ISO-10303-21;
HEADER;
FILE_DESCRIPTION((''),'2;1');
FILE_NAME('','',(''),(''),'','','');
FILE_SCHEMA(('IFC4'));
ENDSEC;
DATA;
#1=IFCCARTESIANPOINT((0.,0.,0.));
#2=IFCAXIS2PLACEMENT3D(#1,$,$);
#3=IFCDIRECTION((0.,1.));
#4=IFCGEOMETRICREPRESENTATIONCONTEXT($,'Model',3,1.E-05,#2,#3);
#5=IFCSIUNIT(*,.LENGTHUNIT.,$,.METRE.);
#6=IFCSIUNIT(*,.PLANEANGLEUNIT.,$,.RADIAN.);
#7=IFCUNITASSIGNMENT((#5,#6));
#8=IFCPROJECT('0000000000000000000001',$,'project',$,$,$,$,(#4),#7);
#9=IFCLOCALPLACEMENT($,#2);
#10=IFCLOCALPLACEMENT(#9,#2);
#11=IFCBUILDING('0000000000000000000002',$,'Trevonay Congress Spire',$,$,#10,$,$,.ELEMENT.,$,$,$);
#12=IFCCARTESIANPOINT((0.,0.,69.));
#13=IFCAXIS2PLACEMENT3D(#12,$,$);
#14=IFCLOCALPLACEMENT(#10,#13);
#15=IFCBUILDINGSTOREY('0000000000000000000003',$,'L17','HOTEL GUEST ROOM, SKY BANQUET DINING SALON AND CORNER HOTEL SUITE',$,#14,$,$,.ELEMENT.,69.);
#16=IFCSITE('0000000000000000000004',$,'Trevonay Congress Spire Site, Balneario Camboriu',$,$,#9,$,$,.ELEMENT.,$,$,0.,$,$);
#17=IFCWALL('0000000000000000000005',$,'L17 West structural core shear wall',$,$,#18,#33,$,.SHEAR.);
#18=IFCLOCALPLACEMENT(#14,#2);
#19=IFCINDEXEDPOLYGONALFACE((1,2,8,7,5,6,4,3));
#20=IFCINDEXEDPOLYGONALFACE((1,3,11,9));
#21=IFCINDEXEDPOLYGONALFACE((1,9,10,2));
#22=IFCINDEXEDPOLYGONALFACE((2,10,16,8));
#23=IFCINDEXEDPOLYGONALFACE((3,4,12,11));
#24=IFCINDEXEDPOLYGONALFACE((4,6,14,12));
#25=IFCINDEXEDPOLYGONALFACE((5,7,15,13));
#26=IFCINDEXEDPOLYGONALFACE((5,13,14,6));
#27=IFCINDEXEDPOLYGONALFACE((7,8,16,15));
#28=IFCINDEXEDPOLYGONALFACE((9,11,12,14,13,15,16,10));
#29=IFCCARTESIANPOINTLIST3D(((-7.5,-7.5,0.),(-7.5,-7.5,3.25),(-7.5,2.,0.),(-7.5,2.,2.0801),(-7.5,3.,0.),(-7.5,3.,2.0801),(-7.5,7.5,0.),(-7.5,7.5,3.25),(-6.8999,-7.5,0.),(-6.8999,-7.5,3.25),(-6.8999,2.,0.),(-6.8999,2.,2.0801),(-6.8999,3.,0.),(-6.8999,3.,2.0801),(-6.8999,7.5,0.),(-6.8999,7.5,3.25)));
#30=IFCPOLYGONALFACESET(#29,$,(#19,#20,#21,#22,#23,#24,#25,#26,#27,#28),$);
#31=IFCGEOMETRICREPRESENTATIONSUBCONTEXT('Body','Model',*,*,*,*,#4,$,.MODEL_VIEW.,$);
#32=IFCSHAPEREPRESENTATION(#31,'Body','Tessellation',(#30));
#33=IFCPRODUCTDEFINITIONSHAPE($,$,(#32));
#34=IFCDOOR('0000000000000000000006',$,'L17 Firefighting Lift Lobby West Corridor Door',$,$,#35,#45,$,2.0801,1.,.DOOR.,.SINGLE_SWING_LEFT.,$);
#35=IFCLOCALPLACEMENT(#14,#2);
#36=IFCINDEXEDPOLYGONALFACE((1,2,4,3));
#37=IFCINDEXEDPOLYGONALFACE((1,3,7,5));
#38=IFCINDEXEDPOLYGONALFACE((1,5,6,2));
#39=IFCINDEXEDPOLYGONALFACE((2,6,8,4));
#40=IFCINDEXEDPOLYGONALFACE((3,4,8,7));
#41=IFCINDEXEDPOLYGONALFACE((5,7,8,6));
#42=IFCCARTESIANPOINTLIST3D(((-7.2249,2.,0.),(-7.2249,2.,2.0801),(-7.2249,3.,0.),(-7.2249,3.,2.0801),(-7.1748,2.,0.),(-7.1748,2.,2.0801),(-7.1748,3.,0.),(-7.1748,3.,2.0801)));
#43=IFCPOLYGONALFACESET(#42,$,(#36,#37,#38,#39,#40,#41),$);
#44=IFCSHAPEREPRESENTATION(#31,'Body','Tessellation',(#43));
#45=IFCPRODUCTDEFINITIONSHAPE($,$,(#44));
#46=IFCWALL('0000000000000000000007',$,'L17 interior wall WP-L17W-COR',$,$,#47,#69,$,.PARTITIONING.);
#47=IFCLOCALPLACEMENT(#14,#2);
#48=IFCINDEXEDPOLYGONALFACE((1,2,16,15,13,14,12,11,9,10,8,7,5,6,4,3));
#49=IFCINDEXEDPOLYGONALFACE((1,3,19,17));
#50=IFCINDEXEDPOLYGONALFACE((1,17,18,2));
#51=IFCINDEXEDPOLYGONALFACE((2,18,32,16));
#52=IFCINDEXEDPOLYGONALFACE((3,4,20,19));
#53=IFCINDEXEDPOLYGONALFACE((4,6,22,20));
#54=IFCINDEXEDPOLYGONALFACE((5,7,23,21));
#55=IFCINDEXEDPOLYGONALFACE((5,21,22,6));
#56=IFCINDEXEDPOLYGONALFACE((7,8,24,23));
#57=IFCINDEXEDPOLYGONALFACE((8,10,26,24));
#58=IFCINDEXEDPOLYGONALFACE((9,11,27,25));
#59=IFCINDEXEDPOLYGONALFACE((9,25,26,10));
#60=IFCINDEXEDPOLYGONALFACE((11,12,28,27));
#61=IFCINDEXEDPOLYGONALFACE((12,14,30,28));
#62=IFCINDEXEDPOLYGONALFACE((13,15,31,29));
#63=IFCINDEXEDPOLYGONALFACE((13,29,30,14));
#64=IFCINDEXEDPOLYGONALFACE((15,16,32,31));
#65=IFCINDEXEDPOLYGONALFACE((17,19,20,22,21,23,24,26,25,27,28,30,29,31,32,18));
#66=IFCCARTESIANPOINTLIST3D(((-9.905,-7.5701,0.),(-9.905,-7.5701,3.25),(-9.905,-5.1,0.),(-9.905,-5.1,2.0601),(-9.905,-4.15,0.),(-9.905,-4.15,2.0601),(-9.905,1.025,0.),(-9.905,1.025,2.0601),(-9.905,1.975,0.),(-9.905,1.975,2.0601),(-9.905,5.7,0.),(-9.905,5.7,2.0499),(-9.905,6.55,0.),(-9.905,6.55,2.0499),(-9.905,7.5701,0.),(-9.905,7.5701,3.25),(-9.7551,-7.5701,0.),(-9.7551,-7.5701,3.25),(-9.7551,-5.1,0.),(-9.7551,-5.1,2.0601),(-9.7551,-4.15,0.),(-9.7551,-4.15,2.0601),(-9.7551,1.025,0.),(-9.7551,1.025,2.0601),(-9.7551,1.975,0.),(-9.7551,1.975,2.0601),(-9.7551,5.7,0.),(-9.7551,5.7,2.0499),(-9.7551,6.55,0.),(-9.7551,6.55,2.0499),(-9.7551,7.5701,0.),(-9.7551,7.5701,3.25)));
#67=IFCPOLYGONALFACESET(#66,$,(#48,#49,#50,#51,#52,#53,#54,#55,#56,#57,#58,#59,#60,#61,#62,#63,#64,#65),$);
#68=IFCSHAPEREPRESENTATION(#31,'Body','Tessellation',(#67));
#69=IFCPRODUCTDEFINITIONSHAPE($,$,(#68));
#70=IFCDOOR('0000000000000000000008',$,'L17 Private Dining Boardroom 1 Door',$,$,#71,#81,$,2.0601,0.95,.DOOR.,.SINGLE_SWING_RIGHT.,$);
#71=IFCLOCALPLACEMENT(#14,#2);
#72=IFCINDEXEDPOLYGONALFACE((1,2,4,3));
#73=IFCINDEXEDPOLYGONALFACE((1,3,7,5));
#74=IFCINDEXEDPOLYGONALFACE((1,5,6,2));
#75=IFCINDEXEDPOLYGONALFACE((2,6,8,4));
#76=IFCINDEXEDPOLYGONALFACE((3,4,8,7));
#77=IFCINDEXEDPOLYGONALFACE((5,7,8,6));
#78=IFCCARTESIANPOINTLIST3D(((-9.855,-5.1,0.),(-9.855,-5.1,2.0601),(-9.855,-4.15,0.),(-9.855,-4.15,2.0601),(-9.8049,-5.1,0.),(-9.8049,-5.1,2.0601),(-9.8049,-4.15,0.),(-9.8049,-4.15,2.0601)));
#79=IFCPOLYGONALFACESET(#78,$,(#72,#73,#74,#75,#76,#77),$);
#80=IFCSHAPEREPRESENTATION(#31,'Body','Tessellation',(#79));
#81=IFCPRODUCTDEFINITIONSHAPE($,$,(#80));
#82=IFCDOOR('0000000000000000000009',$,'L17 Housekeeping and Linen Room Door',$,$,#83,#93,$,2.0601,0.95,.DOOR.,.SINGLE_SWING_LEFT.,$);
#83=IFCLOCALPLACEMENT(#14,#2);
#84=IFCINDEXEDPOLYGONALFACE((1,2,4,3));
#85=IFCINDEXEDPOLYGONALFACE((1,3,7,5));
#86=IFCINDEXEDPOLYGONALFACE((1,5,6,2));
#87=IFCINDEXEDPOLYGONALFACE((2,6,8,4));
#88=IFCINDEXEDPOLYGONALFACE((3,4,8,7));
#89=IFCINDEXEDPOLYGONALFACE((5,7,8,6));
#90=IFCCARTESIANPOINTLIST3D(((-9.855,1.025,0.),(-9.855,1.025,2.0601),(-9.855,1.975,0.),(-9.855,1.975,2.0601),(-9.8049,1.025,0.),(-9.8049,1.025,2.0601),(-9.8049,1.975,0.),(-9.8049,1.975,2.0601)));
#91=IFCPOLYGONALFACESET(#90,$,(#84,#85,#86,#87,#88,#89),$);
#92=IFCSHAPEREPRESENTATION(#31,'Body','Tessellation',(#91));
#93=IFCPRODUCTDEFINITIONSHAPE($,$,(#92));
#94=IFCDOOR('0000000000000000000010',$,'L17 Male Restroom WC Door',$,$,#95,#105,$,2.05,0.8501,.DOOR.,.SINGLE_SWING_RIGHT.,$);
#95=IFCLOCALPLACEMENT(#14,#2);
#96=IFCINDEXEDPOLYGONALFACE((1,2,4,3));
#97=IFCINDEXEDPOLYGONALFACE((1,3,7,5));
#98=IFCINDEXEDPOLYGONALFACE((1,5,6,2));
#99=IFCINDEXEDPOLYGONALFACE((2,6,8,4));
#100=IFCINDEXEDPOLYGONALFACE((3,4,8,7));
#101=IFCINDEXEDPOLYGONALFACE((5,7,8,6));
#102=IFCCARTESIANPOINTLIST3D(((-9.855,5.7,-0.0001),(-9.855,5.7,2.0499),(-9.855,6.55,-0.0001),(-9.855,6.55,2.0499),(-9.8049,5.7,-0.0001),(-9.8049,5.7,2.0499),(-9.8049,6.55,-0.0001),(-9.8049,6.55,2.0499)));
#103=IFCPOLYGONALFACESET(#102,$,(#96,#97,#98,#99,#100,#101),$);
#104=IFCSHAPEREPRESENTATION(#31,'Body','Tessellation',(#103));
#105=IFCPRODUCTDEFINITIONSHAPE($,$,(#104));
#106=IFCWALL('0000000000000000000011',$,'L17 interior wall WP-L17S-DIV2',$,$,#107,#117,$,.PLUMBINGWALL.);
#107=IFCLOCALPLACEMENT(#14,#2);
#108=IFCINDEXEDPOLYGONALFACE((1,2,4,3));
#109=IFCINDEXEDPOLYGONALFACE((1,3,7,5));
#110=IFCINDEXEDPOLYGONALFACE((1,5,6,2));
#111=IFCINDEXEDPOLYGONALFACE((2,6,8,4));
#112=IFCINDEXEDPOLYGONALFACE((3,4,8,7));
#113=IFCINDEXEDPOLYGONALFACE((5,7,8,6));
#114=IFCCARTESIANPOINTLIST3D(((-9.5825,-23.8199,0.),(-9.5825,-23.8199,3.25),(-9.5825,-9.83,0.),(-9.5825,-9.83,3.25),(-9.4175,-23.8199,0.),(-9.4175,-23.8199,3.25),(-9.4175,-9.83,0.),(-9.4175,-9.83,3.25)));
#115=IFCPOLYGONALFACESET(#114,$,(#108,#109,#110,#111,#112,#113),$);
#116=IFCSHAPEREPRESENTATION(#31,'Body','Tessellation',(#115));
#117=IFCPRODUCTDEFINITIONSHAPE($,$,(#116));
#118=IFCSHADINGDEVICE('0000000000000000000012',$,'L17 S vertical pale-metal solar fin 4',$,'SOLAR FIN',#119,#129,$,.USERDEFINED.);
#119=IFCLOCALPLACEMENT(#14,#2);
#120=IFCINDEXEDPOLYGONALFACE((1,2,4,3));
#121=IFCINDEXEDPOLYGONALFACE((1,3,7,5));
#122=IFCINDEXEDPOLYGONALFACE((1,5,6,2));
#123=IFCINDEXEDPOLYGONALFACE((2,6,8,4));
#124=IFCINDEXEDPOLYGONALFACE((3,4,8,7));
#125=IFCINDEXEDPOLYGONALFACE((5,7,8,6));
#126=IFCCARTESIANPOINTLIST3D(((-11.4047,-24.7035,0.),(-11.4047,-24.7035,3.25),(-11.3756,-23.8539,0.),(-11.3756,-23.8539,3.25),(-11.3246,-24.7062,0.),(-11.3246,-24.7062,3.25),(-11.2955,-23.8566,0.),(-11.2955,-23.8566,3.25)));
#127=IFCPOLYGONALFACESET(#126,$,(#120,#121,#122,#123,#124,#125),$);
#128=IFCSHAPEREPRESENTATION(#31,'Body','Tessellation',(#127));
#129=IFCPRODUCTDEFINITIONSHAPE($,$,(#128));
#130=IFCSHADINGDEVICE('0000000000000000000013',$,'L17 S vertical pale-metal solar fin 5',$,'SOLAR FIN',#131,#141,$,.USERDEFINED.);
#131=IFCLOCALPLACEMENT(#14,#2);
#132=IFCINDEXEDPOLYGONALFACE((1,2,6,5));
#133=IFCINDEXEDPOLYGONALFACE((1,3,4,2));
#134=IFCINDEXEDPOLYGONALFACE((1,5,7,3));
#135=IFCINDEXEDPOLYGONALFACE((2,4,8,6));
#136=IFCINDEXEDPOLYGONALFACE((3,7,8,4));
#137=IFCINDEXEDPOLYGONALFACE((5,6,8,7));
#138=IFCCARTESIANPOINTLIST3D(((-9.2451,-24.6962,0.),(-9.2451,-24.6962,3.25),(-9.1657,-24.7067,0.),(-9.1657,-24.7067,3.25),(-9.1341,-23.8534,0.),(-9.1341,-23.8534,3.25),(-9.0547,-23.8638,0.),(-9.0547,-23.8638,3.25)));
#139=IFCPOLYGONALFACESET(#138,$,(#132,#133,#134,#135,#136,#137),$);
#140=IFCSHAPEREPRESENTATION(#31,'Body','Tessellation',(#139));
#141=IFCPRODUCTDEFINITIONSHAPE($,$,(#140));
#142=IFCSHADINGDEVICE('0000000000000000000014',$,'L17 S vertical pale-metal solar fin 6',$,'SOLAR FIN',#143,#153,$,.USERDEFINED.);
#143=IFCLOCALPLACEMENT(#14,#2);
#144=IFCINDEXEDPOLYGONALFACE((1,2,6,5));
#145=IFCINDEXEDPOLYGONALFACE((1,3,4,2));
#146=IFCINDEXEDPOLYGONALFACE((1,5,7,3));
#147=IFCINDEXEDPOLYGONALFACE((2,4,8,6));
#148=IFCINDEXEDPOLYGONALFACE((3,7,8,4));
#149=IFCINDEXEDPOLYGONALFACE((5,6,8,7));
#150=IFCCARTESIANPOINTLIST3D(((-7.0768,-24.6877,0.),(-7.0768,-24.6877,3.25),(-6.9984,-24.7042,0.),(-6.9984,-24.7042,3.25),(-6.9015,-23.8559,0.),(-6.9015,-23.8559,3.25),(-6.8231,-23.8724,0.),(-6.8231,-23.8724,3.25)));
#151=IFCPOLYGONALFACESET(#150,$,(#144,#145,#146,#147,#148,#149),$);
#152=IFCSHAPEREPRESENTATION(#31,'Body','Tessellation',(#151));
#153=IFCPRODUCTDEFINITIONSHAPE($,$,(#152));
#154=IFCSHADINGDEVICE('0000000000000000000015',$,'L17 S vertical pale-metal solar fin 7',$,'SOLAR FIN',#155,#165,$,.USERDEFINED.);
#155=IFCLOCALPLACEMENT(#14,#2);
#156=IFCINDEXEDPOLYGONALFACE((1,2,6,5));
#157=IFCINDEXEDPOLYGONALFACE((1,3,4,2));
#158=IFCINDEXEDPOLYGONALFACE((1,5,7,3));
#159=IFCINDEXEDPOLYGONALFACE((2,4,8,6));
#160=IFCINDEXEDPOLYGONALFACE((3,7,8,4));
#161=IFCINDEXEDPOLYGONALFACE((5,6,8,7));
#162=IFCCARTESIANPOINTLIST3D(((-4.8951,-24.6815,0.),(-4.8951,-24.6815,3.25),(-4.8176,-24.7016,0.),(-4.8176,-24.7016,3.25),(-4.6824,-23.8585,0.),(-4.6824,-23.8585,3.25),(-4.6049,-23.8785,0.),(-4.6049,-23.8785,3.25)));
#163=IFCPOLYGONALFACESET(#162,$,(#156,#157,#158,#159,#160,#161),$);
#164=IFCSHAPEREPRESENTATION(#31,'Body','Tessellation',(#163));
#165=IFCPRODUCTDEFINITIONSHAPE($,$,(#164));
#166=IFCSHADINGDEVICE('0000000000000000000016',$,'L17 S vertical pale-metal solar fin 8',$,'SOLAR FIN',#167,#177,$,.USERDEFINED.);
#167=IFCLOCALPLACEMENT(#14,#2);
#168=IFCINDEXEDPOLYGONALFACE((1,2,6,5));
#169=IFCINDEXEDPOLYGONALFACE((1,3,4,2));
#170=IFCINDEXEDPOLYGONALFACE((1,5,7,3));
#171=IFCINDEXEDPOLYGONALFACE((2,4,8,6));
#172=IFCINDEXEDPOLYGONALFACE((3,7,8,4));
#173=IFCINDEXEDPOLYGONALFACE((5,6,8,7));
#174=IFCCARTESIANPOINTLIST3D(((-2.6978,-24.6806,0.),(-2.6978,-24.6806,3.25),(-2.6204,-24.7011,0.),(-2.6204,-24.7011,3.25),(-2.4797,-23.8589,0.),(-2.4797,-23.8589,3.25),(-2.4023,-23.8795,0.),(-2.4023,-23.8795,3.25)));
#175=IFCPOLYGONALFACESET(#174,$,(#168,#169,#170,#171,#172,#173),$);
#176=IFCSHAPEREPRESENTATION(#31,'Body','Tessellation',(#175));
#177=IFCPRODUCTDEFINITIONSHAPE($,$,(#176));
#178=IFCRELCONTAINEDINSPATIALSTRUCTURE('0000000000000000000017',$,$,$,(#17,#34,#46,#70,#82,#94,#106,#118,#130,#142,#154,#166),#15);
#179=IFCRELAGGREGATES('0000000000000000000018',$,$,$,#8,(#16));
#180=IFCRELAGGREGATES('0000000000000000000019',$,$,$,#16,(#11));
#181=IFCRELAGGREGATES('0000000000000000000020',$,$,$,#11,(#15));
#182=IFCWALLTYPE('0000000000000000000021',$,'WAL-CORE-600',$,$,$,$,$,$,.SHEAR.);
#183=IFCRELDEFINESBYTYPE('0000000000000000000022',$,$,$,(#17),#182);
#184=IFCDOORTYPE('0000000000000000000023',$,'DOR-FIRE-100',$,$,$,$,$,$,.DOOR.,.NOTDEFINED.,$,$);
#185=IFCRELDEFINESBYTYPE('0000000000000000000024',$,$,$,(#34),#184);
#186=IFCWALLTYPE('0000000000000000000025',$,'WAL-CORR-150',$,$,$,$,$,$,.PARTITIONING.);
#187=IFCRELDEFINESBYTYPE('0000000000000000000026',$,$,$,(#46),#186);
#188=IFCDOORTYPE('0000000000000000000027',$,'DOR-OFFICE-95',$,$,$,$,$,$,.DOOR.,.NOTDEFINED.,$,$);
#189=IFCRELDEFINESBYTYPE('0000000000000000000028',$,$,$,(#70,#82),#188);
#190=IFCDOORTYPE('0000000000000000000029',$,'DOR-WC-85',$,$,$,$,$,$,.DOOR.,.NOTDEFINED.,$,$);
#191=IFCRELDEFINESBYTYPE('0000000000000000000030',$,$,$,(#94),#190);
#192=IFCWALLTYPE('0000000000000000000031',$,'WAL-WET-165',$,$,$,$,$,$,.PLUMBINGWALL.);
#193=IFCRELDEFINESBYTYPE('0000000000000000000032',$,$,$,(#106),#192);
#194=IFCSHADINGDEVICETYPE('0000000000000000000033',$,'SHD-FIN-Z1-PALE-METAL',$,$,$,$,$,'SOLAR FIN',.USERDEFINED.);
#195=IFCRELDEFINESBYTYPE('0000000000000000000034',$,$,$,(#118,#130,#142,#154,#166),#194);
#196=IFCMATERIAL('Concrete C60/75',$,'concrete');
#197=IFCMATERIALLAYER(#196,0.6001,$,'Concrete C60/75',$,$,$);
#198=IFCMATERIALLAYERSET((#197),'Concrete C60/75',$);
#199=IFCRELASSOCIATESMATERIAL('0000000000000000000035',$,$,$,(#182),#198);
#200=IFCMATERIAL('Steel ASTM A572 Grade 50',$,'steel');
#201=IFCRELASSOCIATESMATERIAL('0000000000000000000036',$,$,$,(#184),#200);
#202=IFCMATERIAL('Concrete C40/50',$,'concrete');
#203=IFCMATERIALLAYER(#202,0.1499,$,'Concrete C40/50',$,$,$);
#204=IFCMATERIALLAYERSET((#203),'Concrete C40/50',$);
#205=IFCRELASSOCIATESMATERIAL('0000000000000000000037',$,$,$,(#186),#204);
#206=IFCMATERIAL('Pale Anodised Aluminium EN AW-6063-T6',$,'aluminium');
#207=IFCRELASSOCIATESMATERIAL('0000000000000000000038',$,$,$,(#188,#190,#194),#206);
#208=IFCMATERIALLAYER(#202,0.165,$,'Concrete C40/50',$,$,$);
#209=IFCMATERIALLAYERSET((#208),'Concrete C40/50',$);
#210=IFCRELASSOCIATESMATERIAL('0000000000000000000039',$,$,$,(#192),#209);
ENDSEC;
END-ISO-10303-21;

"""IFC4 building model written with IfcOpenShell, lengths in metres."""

from ifc_helpers import new_model, si_unit, direction, frame, frame_2d, origin, origin_2d, place, context, subcontext, project, spatial, rectangle, extrude, material, layer, layer_set, type_object, element, fill, save


model = new_model("IFC4")

# Units and contexts
model_context = context("Model", 3, precision=1e-05, world=origin(), true_north=direction((0.0, 1.0)))
body_context = subcontext(model_context, "Body", "Model", "MODEL_VIEW")
ifc_project = project(units=[si_unit("LENGTHUNIT", "METRE"), si_unit("PLANEANGLEUNIT", "RADIAN")], contexts=[model_context])

# Site, building, storey
site_placement = place(None, origin())
site = spatial("IfcSite", under=ifc_project, at=site_placement, Name="Trevonay Congress Spire Site, Balneario Camboriu", CompositionType="ELEMENT", RefElevation=0.0)
building_placement = place(site_placement, origin())
building = spatial("IfcBuilding", under=site, at=building_placement, Name="Trevonay Congress Spire", CompositionType="ELEMENT")
storey_placement = place(building_placement, frame((0.0, 0.0, 69.0)))
storey = spatial("IfcBuildingStorey", under=building, at=storey_placement, Name="L17", Description="HOTEL GUEST ROOM, SKY BANQUET DINING SALON AND CORNER HOTEL SUITE", CompositionType="ELEMENT", Elevation=69.0)

# Shared definitions
ifc_material_1 = material(Name="Steel ASTM A572 Grade 50", Category="steel")

# Shared definitions
ifc_material_2 = material(Name="Pale Anodised Aluminium EN AW-6063-T6", Category="aluminium")

# Wall, opening, door
ifc_material_3 = material(Name="Concrete C60/75", Category="concrete")
ifc_layer_1 = layer(ifc_material_3, 0.6001, Name="Concrete C60/75")
ifc_layer_set_1 = layer_set([ifc_layer_1], Name="Concrete C60/75")
wall_type_1 = type_object("IfcWallType", Name="WAL-CORE-600", PredefinedType="SHEAR", material=ifc_layer_set_1)
wall_1_placement = place(storey_placement, frame((-7.2, -7.5, 0.0), z_axis=(0.0, 0.0, 1.0), x_axis=(0.0, 1.0, 0.0)))
wall_1 = element("IfcWall", 1, at=wall_1_placement, inside=storey, type_object=wall_type_1, Name="L17 West structural core shear wall", PredefinedType="SHEAR", context=body_context, shape_type="SweptSolid", body=[
    extrude(rectangle(XDim=15.0, YDim=0.6001, at=frame_2d((7.5, 0.0))), origin(), (0.0, 0.0, 1.0), 3.25),
])
opening_1_placement = place(wall_1_placement, frame((9.5, 0.0, 0.0)))
opening_1 = element("IfcOpeningElement", 2, at=opening_1_placement, cuts=wall_1, PredefinedType="OPENING", context=body_context, shape_type="SweptSolid", body=[
    extrude(rectangle(XDim=1.0, YDim=2.0801, at=frame_2d((0.5, 1.04))), frame((0.0, 0.3101, 0.0), z_axis=(0.0, -1.0, 0.0), x_axis=(1.0, 0.0, 0.0)), (0.0, 0.0, 1.0), 0.6201),
])
door_type_1 = type_object("IfcDoorType", Name="DOR-FIRE-100", OperationType="NOTDEFINED", PredefinedType="DOOR", material=ifc_material_1)
door_1_placement = place(opening_1_placement, origin())
door_1 = element("IfcDoor", 3, at=door_1_placement, inside=storey, type_object=door_type_1, Name="L17 Firefighting Lift Lobby West Corridor Door", OperationType="SINGLE_SWING_LEFT", OverallHeight=2.0801, OverallWidth=1.0, PredefinedType="DOOR", context=body_context, shape_type="SweptSolid", body=[
    extrude(rectangle(XDim=1.0, YDim=2.0801, at=frame_2d((0.5, 1.04))), frame((0.0, 0.0249, 0.0), z_axis=(0.0, -1.0, 0.0), x_axis=(1.0, 0.0, 0.0)), (0.0, 0.0, 1.0), 0.05),
])
fill(opening_1, door_1)

# Wall, openings, doors
ifc_material_4 = material(Name="Concrete C40/50", Category="concrete")
ifc_layer_2 = layer(ifc_material_4, 0.1499, Name="Concrete C40/50")
ifc_layer_set_2 = layer_set([ifc_layer_2], Name="Concrete C40/50")
wall_type_2 = type_object("IfcWallType", Name="WAL-CORR-150", PredefinedType="PARTITIONING", material=ifc_layer_set_2)
wall_2_placement = place(storey_placement, frame((-9.8301, -7.5701, 0.0), z_axis=(0.0, 0.0, 1.0), x_axis=(0.0, 1.0, 0.0)))
wall_2 = element("IfcWall", 4, at=wall_2_placement, inside=storey, type_object=wall_type_2, Name="L17 interior wall WP-L17W-COR", PredefinedType="PARTITIONING", context=body_context, shape_type="SweptSolid", body=[
    extrude(rectangle(XDim=15.1401, YDim=0.1499, at=frame_2d((7.5701, 0.0))), origin(), (0.0, 0.0, 1.0), 3.25),
])
opening_2_placement = place(wall_2_placement, frame((2.47, 0.0, 0.0)))
opening_2 = element("IfcOpeningElement", 5, at=opening_2_placement, cuts=wall_2, PredefinedType="OPENING", context=body_context, shape_type="SweptSolid", body=[
    extrude(rectangle(XDim=0.95, YDim=2.0601, at=frame_2d((0.4751, 1.03))), frame((0.0, 0.085, 0.0), z_axis=(0.0, -1.0, 0.0), x_axis=(1.0, 0.0, 0.0)), (0.0, 0.0, 1.0), 0.1699),
])
opening_3_placement = place(wall_2_placement, frame((8.595, 0.0, 0.0)))
opening_3 = element("IfcOpeningElement", 6, at=opening_3_placement, cuts=wall_2, PredefinedType="OPENING", context=body_context, shape_type="SweptSolid", body=[
    extrude(rectangle(XDim=0.95, YDim=2.0601, at=frame_2d((0.4751, 1.03))), frame((0.0, 0.085, 0.0), z_axis=(0.0, -1.0, 0.0), x_axis=(1.0, 0.0, 0.0)), (0.0, 0.0, 1.0), 0.1699),
])
opening_4_placement = place(wall_2_placement, frame((13.27, 0.0, 0.0)))
opening_4 = element("IfcOpeningElement", 7, at=opening_4_placement, cuts=wall_2, PredefinedType="OPENING", context=body_context, shape_type="SweptSolid", body=[
    extrude(rectangle(XDim=0.8501, YDim=2.05, at=frame_2d((0.425, 1.0249))), frame((0.0, 0.085, 0.0), z_axis=(0.0, -1.0, 0.0), x_axis=(1.0, 0.0, 0.0)), (0.0, 0.0, 1.0), 0.1699),
])
door_type_2 = type_object("IfcDoorType", Name="DOR-OFFICE-95", OperationType="NOTDEFINED", PredefinedType="DOOR", material=ifc_material_2)
door_2_placement = place(opening_2_placement, origin())
door_2 = element("IfcDoor", 8, at=door_2_placement, inside=storey, type_object=door_type_2, Name="L17 Private Dining Boardroom 1 Door", OperationType="SINGLE_SWING_RIGHT", OverallHeight=2.0601, OverallWidth=0.95, PredefinedType="DOOR", context=body_context, shape_type="SweptSolid", body=[
    extrude(rectangle(XDim=0.95, YDim=2.0601, at=frame_2d((0.4751, 1.03))), frame((0.0, 0.0249, 0.0), z_axis=(0.0, -1.0, 0.0), x_axis=(1.0, 0.0, 0.0)), (0.0, 0.0, 1.0), 0.05),
])
fill(opening_2, door_2)
door_3_placement = place(opening_3_placement, origin())
door_3 = element("IfcDoor", 9, at=door_3_placement, inside=storey, type_object=door_type_2, Name="L17 Housekeeping and Linen Room Door", OperationType="SINGLE_SWING_LEFT", OverallHeight=2.0601, OverallWidth=0.95, PredefinedType="DOOR", context=body_context, shape_type="SweptSolid", body=[
    extrude(rectangle(XDim=0.95, YDim=2.0601, at=frame_2d((0.4751, 1.03))), frame((0.0, 0.0249, 0.0), z_axis=(0.0, -1.0, 0.0), x_axis=(1.0, 0.0, 0.0)), (0.0, 0.0, 1.0), 0.05),
])
fill(opening_3, door_3)
door_type_3 = type_object("IfcDoorType", Name="DOR-WC-85", OperationType="NOTDEFINED", PredefinedType="DOOR", material=ifc_material_2)
door_4_placement = place(opening_4_placement, origin())
door_4 = element("IfcDoor", 10, at=door_4_placement, inside=storey, type_object=door_type_3, Name="L17 Male Restroom WC Door", OperationType="SINGLE_SWING_RIGHT", OverallHeight=2.05, OverallWidth=0.8501, PredefinedType="DOOR", context=body_context, shape_type="SweptSolid", body=[
    extrude(rectangle(XDim=0.8501, YDim=2.05, at=frame_2d((0.425, 1.0249))), frame((0.0, 0.0249, 0.0), z_axis=(0.0, -1.0, 0.0), x_axis=(1.0, 0.0, 0.0)), (0.0, 0.0, 1.0), 0.05),
])
fill(opening_4, door_4)

# Wall
ifc_layer_3 = layer(ifc_material_4, 0.165, Name="Concrete C40/50")
ifc_layer_set_3 = layer_set([ifc_layer_3], Name="Concrete C40/50")
wall_type_3 = type_object("IfcWallType", Name="WAL-WET-165", PredefinedType="PLUMBINGWALL", material=ifc_layer_set_3)
wall_3_placement = place(storey_placement, frame((-9.5, -23.8201, 0.0), z_axis=(0.0, 0.0, 1.0), x_axis=(0.0, 1.0, 0.0)))
element("IfcWall", 11, at=wall_3_placement, inside=storey, type_object=wall_type_3, Name="L17 interior wall WP-L17S-DIV2", PredefinedType="PLUMBINGWALL", context=body_context, shape_type="SweptSolid", body=[
    extrude(rectangle(XDim=13.99, YDim=0.165, at=frame_2d((6.9951, 0.0))), origin(), (0.0, 0.0, 1.0), 3.25),
])

# Shading devices
shading_device_type = type_object("IfcShadingDeviceType", Name="SHD-FIN-Z1-PALE-METAL", ElementType="SOLAR FIN", PredefinedType="USERDEFINED", material=ifc_material_2)
for number, where, z_axis, x_axis, name in (
    (12, (-11.3501, -24.28, 0.0), (0.0, 0.0, 1.0), (0.999415, -0.034202, 0.0), "L17 S vertical pale-metal solar fin 4"),
    (13, (-9.1499, -24.28, 0.0), (0.0, 0.0, 1.0), (0.991445, -0.130526, 0.0), "L17 S vertical pale-metal solar fin 5"),
    (14, (-6.95, -24.28, 0.0), (0.0, 0.0, 1.0), (0.978509, -0.206204, 0.0), "L17 S vertical pale-metal solar fin 6"),
    (15, (-4.75, -24.28, 0.0), (0.0, 0.0, 1.0), (0.968191, -0.250211, 0.0), "L17 S vertical pale-metal solar fin 7"),
    (16, (-2.55, -24.28, 0.0), (0.0, 0.0, 1.0), (0.966511, -0.256627, 0.0), "L17 S vertical pale-metal solar fin 8"),
):
    element("IfcShadingDevice", number, at=place(storey_placement, frame(where, z_axis=z_axis, x_axis=x_axis)), inside=storey, type_object=shading_device_type, Name=name, ObjectType="SOLAR FIN", PredefinedType="USERDEFINED", context=body_context, shape_type="SweptSolid", body=[
        extrude(rectangle(XDim=0.0801, YDim=0.8501, at=origin_2d()), origin(), (0.0, 0.0, 1.0), 3.25),
    ])

save(model, "model.ifc")
